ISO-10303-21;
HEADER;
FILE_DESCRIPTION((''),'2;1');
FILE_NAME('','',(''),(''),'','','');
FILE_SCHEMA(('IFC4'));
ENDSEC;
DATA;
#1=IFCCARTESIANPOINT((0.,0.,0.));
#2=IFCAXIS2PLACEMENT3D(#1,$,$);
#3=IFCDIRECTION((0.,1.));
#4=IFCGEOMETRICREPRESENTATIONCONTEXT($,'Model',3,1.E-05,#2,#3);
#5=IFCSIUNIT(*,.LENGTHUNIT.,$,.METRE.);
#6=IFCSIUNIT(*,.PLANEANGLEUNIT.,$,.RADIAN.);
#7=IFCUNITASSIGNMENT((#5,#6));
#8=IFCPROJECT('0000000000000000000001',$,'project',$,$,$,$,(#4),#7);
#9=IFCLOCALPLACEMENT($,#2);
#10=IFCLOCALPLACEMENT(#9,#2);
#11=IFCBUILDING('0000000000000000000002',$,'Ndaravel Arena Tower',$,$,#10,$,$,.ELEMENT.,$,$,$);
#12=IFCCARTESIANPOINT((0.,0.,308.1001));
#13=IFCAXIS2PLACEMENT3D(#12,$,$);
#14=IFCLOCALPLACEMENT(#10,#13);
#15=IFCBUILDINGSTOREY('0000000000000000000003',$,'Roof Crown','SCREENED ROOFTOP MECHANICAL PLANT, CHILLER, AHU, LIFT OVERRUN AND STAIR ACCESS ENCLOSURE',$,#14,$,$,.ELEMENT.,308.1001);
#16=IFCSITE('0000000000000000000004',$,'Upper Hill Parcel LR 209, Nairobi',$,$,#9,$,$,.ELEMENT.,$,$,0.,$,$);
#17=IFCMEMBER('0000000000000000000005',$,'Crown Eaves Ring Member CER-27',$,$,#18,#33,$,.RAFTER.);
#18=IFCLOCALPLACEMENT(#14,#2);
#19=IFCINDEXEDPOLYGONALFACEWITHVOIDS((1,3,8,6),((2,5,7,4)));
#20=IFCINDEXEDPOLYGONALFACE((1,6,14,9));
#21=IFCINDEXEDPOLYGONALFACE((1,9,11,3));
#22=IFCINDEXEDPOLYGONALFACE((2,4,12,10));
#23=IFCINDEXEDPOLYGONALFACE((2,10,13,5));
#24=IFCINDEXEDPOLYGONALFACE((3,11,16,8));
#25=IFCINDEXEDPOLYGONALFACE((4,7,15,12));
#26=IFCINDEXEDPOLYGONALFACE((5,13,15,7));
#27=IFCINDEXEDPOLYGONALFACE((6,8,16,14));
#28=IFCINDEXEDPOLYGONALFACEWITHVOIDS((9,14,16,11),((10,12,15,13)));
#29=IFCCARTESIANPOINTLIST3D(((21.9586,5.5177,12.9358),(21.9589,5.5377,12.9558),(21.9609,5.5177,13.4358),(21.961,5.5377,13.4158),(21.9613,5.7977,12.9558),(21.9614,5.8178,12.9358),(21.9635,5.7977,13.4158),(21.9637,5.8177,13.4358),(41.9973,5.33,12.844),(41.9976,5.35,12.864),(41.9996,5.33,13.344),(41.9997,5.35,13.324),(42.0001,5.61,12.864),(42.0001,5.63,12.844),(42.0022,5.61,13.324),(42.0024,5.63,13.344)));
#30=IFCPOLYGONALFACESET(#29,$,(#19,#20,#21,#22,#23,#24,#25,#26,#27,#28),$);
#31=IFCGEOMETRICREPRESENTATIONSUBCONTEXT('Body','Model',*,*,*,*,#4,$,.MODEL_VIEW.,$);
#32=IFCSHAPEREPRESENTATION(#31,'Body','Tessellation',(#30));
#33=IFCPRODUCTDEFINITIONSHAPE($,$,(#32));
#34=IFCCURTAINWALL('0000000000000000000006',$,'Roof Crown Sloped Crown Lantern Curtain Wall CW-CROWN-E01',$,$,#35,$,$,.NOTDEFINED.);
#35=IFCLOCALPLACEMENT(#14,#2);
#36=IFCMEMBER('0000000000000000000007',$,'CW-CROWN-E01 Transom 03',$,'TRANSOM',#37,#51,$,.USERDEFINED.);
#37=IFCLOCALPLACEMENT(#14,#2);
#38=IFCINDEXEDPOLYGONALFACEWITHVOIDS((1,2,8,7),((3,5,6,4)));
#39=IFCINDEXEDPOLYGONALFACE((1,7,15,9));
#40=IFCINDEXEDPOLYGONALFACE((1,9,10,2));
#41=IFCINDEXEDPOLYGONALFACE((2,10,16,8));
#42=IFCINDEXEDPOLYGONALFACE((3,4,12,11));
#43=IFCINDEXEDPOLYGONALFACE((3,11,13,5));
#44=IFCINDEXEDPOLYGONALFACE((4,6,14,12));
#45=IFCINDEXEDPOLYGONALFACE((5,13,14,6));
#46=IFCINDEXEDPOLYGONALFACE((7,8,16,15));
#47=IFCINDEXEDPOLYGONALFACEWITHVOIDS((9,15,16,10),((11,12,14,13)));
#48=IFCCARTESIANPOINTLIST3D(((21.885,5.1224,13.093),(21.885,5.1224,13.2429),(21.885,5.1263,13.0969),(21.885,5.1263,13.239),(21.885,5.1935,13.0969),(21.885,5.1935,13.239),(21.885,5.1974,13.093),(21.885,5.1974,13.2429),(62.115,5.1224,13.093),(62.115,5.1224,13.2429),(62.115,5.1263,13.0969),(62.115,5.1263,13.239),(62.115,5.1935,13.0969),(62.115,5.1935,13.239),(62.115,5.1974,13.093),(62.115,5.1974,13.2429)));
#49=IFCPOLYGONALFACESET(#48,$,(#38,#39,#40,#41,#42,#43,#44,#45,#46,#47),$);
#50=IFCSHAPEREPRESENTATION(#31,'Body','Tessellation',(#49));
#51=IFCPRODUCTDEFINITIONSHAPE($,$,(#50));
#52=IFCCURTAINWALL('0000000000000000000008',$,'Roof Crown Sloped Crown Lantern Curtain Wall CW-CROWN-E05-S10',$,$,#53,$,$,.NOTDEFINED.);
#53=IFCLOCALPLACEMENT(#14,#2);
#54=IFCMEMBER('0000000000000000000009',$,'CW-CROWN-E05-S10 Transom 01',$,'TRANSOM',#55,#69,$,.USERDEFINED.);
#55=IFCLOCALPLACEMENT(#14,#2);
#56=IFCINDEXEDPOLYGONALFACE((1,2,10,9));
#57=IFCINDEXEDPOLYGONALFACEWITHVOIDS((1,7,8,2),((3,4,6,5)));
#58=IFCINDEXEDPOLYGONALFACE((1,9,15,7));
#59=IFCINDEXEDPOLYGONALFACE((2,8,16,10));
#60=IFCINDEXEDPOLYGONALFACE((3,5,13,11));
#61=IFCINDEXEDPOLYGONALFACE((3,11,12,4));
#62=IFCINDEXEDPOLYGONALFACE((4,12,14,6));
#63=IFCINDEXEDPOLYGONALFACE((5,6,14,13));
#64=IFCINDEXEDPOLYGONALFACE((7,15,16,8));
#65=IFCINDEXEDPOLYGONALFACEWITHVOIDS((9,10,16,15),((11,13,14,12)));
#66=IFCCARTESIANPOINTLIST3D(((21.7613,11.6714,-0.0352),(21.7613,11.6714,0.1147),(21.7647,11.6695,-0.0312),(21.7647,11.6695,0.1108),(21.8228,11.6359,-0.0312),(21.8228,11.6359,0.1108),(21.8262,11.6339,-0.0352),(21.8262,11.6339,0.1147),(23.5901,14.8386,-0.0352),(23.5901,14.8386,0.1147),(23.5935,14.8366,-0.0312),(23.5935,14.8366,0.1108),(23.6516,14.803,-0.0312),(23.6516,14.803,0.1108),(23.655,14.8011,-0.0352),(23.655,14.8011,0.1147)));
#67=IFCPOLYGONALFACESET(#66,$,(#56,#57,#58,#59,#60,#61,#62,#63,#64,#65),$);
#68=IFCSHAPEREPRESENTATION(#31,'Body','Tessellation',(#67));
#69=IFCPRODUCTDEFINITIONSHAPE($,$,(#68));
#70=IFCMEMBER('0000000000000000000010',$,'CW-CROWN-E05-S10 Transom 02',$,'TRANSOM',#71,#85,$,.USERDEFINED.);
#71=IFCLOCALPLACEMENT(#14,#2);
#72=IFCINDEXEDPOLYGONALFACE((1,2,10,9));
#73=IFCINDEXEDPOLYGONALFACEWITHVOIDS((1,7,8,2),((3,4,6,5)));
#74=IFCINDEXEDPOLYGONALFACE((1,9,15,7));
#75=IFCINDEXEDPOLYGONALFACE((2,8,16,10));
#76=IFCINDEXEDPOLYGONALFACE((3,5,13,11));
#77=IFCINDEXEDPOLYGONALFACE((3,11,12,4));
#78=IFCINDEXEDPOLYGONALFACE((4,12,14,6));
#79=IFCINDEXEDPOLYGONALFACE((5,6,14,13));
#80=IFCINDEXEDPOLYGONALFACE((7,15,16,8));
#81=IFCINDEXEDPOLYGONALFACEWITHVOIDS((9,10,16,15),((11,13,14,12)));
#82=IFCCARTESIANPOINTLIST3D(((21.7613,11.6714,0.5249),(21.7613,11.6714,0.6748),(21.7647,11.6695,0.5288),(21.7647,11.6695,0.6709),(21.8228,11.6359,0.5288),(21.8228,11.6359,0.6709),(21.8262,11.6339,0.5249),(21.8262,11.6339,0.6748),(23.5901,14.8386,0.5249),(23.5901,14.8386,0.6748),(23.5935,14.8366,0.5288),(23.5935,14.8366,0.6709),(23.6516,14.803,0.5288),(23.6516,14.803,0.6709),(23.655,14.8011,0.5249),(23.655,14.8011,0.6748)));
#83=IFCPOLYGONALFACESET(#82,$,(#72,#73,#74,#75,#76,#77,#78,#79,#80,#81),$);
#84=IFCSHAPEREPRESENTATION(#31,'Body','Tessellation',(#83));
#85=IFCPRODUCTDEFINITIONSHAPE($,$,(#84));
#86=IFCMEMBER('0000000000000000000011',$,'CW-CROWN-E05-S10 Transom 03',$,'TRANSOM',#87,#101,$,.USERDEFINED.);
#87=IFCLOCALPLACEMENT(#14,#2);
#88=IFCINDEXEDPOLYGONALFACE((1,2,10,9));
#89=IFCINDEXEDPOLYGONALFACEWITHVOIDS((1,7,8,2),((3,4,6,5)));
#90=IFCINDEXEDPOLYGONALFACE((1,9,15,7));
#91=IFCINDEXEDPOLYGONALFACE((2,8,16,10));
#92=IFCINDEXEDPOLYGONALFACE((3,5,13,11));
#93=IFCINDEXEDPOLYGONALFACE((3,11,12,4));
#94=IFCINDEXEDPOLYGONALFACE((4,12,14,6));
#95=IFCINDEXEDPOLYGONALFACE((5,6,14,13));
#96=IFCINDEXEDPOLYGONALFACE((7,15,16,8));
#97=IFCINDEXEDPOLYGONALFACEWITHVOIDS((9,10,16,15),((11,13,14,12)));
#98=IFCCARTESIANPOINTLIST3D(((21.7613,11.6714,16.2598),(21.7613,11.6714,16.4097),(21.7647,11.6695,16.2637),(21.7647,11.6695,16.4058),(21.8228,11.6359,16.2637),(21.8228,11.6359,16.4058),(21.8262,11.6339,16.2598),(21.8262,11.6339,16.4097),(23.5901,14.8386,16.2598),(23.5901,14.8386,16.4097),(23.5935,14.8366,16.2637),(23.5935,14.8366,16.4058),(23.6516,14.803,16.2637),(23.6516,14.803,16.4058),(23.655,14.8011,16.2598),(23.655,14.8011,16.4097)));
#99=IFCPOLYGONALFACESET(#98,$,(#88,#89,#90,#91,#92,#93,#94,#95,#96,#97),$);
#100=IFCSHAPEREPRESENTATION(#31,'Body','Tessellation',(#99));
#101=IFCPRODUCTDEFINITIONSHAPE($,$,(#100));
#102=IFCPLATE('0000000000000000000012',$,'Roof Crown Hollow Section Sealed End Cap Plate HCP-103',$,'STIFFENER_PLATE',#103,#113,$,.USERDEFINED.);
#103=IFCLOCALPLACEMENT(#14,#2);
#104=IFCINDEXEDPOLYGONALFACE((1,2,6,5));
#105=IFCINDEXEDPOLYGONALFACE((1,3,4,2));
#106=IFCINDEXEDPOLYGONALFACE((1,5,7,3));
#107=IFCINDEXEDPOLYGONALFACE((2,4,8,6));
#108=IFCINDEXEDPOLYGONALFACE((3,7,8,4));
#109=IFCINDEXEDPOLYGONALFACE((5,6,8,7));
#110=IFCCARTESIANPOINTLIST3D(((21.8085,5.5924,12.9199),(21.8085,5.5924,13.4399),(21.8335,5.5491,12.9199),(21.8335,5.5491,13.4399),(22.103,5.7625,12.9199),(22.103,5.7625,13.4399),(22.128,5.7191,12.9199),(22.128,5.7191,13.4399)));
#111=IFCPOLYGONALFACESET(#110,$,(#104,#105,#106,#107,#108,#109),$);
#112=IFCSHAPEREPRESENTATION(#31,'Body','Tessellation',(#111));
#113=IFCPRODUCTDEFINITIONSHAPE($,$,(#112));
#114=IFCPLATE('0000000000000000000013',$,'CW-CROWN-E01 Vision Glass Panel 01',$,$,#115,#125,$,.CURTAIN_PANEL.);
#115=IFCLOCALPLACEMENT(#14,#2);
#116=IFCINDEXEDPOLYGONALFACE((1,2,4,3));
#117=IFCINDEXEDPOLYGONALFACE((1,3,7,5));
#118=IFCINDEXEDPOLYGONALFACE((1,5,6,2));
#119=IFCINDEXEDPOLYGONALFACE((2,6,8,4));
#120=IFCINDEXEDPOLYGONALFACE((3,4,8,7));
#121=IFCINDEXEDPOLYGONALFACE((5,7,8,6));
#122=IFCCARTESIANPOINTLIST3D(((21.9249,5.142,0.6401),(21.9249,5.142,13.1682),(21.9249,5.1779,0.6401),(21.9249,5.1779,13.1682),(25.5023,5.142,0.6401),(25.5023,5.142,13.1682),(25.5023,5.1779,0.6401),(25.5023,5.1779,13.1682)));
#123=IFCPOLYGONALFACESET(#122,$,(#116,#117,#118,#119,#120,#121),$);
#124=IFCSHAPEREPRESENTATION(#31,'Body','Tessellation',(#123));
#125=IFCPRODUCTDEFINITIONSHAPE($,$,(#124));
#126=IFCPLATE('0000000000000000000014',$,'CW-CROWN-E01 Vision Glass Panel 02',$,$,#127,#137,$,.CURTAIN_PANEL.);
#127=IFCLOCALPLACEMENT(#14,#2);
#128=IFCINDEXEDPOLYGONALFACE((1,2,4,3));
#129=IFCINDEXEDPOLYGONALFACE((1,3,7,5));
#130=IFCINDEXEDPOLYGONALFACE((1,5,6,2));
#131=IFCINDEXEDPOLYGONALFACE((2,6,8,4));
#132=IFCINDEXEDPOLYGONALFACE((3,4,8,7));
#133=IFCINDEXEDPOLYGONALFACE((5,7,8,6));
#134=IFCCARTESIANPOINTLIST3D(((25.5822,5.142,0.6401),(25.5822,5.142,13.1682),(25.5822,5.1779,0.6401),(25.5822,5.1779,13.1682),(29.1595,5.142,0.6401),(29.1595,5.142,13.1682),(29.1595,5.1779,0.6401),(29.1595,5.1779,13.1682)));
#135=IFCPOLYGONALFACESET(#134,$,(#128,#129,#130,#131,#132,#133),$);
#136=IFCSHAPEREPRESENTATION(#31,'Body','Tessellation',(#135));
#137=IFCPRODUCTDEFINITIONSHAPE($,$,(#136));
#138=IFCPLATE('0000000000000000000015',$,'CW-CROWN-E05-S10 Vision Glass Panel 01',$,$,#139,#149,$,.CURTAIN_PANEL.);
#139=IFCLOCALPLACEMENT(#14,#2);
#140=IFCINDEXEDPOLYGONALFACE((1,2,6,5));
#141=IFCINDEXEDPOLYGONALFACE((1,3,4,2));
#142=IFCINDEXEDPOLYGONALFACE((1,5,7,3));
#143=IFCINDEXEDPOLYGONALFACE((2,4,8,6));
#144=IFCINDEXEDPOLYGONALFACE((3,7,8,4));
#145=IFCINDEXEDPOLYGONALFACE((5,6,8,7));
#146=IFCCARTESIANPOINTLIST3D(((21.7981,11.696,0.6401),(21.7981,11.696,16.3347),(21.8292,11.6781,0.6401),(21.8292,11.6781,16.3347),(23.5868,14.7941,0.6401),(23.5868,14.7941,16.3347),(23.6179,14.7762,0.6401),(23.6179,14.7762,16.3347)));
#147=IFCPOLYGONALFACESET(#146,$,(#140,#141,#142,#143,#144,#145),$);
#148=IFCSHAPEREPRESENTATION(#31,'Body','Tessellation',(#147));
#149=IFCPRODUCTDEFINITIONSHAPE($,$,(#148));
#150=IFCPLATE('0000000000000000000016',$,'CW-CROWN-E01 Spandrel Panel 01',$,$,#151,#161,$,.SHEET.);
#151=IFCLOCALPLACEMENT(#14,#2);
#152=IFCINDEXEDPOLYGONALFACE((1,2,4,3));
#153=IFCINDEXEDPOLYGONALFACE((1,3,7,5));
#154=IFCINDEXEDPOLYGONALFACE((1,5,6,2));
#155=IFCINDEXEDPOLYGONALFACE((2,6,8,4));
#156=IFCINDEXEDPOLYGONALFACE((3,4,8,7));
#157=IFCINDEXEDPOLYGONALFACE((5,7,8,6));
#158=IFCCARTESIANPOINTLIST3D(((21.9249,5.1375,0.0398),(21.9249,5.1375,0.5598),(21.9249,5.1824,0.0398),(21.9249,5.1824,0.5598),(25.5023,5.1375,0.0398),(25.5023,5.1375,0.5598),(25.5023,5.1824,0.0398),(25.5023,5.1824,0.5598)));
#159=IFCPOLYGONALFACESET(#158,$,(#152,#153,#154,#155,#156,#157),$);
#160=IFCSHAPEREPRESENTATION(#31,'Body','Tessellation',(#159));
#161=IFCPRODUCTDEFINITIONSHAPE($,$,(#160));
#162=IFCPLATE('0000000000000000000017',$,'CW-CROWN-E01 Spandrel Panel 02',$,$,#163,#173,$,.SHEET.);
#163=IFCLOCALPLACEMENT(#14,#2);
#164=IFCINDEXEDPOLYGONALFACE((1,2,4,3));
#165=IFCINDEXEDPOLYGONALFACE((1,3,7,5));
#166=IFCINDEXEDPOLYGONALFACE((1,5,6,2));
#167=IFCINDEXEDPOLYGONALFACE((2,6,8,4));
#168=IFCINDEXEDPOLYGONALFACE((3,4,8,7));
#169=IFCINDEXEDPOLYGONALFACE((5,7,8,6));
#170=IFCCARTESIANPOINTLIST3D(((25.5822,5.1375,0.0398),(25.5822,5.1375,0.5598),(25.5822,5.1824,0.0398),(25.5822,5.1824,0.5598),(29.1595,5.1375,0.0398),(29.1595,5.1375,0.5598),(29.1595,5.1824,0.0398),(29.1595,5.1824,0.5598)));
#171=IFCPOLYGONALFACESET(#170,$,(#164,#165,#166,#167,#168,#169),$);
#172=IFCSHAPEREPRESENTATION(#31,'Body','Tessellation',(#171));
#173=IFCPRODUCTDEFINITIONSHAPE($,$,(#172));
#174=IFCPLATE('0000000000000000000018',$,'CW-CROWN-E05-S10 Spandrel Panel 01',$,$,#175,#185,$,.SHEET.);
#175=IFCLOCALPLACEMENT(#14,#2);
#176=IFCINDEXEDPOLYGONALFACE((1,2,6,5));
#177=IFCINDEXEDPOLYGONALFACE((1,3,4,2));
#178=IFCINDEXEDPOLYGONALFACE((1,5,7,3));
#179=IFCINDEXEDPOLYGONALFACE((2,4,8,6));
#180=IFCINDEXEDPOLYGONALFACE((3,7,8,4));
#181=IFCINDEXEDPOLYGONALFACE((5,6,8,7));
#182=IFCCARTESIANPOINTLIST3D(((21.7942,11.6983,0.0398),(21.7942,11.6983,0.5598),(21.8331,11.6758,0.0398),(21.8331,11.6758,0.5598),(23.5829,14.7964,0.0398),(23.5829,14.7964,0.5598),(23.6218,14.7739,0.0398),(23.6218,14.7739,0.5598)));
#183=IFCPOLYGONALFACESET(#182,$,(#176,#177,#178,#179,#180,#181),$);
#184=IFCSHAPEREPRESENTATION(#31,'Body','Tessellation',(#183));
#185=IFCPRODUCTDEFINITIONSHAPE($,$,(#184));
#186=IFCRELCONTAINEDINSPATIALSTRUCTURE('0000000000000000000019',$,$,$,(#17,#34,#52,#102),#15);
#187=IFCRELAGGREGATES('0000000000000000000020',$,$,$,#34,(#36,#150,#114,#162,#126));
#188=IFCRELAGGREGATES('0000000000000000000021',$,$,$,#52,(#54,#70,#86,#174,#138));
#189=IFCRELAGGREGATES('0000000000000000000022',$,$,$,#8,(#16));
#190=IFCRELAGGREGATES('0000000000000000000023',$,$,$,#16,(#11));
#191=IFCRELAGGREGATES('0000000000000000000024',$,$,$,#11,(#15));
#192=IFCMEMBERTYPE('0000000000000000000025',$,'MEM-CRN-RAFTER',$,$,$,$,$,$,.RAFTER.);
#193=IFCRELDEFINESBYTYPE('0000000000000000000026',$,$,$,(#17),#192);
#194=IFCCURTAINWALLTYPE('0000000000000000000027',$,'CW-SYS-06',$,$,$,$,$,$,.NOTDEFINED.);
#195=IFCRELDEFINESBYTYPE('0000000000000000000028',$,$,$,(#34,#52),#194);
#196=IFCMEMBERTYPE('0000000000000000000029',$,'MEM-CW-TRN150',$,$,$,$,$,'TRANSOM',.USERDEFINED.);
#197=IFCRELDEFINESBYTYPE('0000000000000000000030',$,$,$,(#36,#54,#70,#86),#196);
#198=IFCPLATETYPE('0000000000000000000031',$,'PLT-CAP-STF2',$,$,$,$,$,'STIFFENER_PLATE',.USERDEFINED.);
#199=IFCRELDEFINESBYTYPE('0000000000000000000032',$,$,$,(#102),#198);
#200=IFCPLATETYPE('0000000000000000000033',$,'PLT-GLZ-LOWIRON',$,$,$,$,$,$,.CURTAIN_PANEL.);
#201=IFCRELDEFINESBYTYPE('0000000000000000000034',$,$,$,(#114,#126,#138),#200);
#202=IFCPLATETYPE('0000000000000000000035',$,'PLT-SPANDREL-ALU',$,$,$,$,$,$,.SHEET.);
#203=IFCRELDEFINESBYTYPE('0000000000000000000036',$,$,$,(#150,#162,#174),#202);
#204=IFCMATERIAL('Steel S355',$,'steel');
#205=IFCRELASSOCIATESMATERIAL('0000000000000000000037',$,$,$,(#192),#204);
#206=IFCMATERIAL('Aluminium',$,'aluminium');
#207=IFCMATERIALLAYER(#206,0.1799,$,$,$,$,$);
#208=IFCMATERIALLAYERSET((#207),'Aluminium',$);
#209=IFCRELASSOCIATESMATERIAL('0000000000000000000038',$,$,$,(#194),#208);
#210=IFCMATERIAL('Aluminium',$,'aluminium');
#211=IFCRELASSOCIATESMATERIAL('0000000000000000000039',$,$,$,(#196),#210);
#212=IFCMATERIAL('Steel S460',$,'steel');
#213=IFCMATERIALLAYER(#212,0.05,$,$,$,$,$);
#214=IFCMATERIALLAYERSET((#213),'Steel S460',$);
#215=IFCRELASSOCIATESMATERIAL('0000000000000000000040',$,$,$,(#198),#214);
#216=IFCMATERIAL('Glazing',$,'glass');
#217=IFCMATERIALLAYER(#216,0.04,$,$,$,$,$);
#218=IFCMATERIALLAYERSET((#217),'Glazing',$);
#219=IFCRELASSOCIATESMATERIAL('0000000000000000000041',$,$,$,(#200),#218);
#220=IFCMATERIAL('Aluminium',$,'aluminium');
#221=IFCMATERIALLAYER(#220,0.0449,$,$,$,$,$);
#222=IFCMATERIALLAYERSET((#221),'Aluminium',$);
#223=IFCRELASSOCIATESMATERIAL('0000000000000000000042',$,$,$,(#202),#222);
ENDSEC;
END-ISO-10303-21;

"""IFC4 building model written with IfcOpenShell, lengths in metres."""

from ifc_helpers import new_model, si_unit, direction, frame, origin, origin_2d, place, context, subcontext, project, spatial, rectangle, hollow_rectangle, extrude, material, layer, layer_set, material_profile, profile_set, type_object, element, aggregate, save


model = new_model("IFC4")

# Units and contexts
model_context = context("Model", 3, precision=1e-05, world=origin(), true_north=direction((0.0, 1.0)))
body_context = subcontext(model_context, "Body", "Model", "MODEL_VIEW")
ifc_project = project(units=[si_unit("LENGTHUNIT", "METRE"), si_unit("PLANEANGLEUNIT", "RADIAN")], contexts=[model_context])

# Site, building, storey
site_placement = place(None, origin())
site = spatial("IfcSite", under=ifc_project, at=site_placement, Name="Upper Hill Parcel LR 209, Nairobi", CompositionType="ELEMENT", RefElevation=0.0)
building_placement = place(site_placement, origin())
building = spatial("IfcBuilding", under=site, at=building_placement, Name="Ndaravel Arena Tower", CompositionType="ELEMENT")
storey_placement = place(building_placement, frame((0.0, 0.0, 308.1001)))
storey = spatial("IfcBuildingStorey", under=building, at=storey_placement, Name="Roof Crown", Description="SCREENED ROOFTOP MECHANICAL PLANT, CHILLER, AHU, LIFT OVERRUN AND STAIR ACCESS ENCLOSURE", CompositionType="ELEMENT", Elevation=308.1001)

# Member
ifc_material_1 = material(Name="Steel S355", Category="steel")
ifc_material_profile_1 = material_profile(ifc_material_1, hollow_rectangle(XDim=0.3, YDim=0.5, WallThickness=0.02, at=origin_2d()), Name="RHS 500x300x20")
ifc_profile_set_1 = profile_set([ifc_material_profile_1], Name="Steel S355")
member_type_1 = type_object("IfcMemberType", Name="MEM-CRN-RAFTER", PredefinedType="RAFTER", material=ifc_profile_set_1)
member_1_placement = place(storey_placement, frame((21.9612, 5.6677, 13.1858), z_axis=(0.999946, -0.009369, -0.004581), x_axis=(0.009369, 0.999956, 0.0)))
element("IfcMember", 1, at=member_1_placement, inside=storey, type_object=member_type_1, Name="Crown Eaves Ring Member CER-27", PredefinedType="RAFTER", context=body_context, shape_type="SweptSolid", body=[
    extrude(hollow_rectangle(XDim=0.3, YDim=0.5, WallThickness=0.02, at=origin_2d()), origin(), (0.0, 0.0, 1.0), 20.0398),
])

# Curtain wall, member
ifc_material_2 = material(Name="Aluminium", Category="aluminium")
ifc_layer_1 = layer(ifc_material_2, 0.1799)
ifc_layer_set_1 = layer_set([ifc_layer_1], Name="Aluminium")
curtain_wall_type = type_object("IfcCurtainWallType", Name="CW-SYS-06", PredefinedType="NOTDEFINED", material=ifc_layer_set_1)
curtain_wall_1_placement = place(storey_placement, origin())
curtain_wall_1 = element("IfcCurtainWall", 2, at=curtain_wall_1_placement, inside=storey, type_object=curtain_wall_type, Name="Roof Crown Sloped Crown Lantern Curtain Wall CW-CROWN-E01", PredefinedType="NOTDEFINED")
ifc_material_3 = material(Name="Aluminium", Category="aluminium")
ifc_material_profile_2 = material_profile(ifc_material_3, hollow_rectangle(XDim=0.075, YDim=0.1499, WallThickness=0.0039, at=origin_2d()), Name="CW TRANSOM 75x150x4")
ifc_profile_set_2 = profile_set([ifc_material_profile_2], Name="Aluminium")
member_type_2 = type_object("IfcMemberType", Name="MEM-CW-TRN150", ElementType="TRANSOM", PredefinedType="USERDEFINED", material=ifc_profile_set_2)
member_2_placement = place(storey_placement, frame((21.885, 5.1599, 13.168), z_axis=(1.0, 0.0, 0.0), x_axis=(0.0, 1.0, 0.0)))
member_2 = element("IfcMember", 3, at=member_2_placement, type_object=member_type_2, Name="CW-CROWN-E01 Transom 03", ObjectType="TRANSOM", PredefinedType="USERDEFINED", context=body_context, shape_type="SweptSolid", body=[
    extrude(hollow_rectangle(XDim=0.075, YDim=0.1499, WallThickness=0.0039, at=origin_2d()), origin(), (0.0, 0.0, 1.0), 40.23),
])

# Curtain wall, members
curtain_wall_2_placement = place(storey_placement, origin())
curtain_wall_2 = element("IfcCurtainWall", 4, at=curtain_wall_2_placement, inside=storey, type_object=curtain_wall_type, Name="Roof Crown Sloped Crown Lantern Curtain Wall CW-CROWN-E05-S10", PredefinedType="NOTDEFINED")
member_3_placement = place(storey_placement, frame((23.6226, 14.8198, 0.0398), z_axis=(-0.500052, -0.865995, 0.0), x_axis=(0.865995, -0.500052, 0.0)))
member_3 = element("IfcMember", 5, at=member_3_placement, type_object=member_type_2, Name="CW-CROWN-E05-S10 Transom 01", ObjectType="TRANSOM", PredefinedType="USERDEFINED", context=body_context, shape_type="SweptSolid", body=[
    extrude(hollow_rectangle(XDim=0.075, YDim=0.1499, WallThickness=0.0039, at=origin_2d()), origin(), (0.0, 0.0, 1.0), 3.6572),
])
member_4_placement = place(storey_placement, frame((23.6226, 14.8198, 0.5999), z_axis=(-0.500052, -0.865995, 0.0), x_axis=(0.865995, -0.500052, 0.0)))
member_4 = element("IfcMember", 6, at=member_4_placement, type_object=member_type_2, Name="CW-CROWN-E05-S10 Transom 02", ObjectType="TRANSOM", PredefinedType="USERDEFINED", context=body_context, shape_type="SweptSolid", body=[
    extrude(hollow_rectangle(XDim=0.075, YDim=0.1499, WallThickness=0.0039, at=origin_2d()), origin(), (0.0, 0.0, 1.0), 3.6572),
])
member_5_placement = place(storey_placement, frame((23.6226, 14.8198, 16.3347), z_axis=(-0.500052, -0.865995, 0.0), x_axis=(0.865995, -0.500052, 0.0)))
member_5 = element("IfcMember", 7, at=member_5_placement, type_object=member_type_2, Name="CW-CROWN-E05-S10 Transom 03", ObjectType="TRANSOM", PredefinedType="USERDEFINED", context=body_context, shape_type="SweptSolid", body=[
    extrude(hollow_rectangle(XDim=0.075, YDim=0.1499, WallThickness=0.0039, at=origin_2d()), origin(), (0.0, 0.0, 1.0), 3.6572),
])

# Plates
ifc_material_4 = material(Name="Steel S460", Category="steel")
ifc_layer_2 = layer(ifc_material_4, 0.05)
ifc_layer_set_2 = layer_set([ifc_layer_2], Name="Steel S460")
plate_type_1 = type_object("IfcPlateType", Name="PLT-CAP-STF2", ElementType="STIFFENER_PLATE", PredefinedType="USERDEFINED", material=ifc_layer_set_2)
plate_1_placement = place(storey_placement, frame((21.9683, 5.6558, 12.9199), z_axis=(0.0, 0.0, 1.0), x_axis=(0.5, -0.866025, 0.0)))
element("IfcPlate", 8, at=plate_1_placement, inside=storey, type_object=plate_type_1, Name="Roof Crown Hollow Section Sealed End Cap Plate HCP-103", ObjectType="STIFFENER_PLATE", PredefinedType="USERDEFINED", context=body_context, shape_type="SweptSolid", body=[
    extrude(rectangle(XDim=0.05, YDim=0.3401, at=origin_2d()), origin(), (0.0, 0.0, 1.0), 0.52),
])
ifc_material_5 = material(Name="Glazing", Category="glass")
ifc_layer_3 = layer(ifc_material_5, 0.04)
ifc_layer_set_3 = layer_set([ifc_layer_3], Name="Glazing")
plate_type_2 = type_object("IfcPlateType", Name="PLT-GLZ-LOWIRON", PredefinedType="CURTAIN_PANEL", material=ifc_layer_set_3)
plate_2_placement = place(storey_placement, frame((23.7136, 5.1599, 0.6401), z_axis=(0.0, 0.0, 1.0), x_axis=(1.0, 0.0, 0.0)))
plate_2 = element("IfcPlate", 9, at=plate_2_placement, type_object=plate_type_2, Name="CW-CROWN-E01 Vision Glass Panel 01", PredefinedType="CURTAIN_PANEL", context=body_context, shape_type="SweptSolid", body=[
    extrude(rectangle(XDim=3.5774, YDim=0.0359, at=origin_2d()), origin(), (0.0, 0.0, 1.0), 12.5281),
])
plate_3_placement = place(storey_placement, frame((27.3708, 5.1599, 0.6401), z_axis=(0.0, 0.0, 1.0), x_axis=(1.0, 0.0, 0.0)))
plate_3 = element("IfcPlate", 10, at=plate_3_placement, type_object=plate_type_2, Name="CW-CROWN-E01 Vision Glass Panel 02", PredefinedType="CURTAIN_PANEL", context=body_context, shape_type="SweptSolid", body=[
    extrude(rectangle(XDim=3.5774, YDim=0.0359, at=origin_2d()), origin(), (0.0, 0.0, 1.0), 12.5281),
])
plate_4_placement = place(storey_placement, frame((22.708, 13.2361, 0.6401), z_axis=(0.0, 0.0, 1.0), x_axis=(-0.500015, -0.866017, 0.0)))
plate_4 = element("IfcPlate", 11, at=plate_4_placement, type_object=plate_type_2, Name="CW-CROWN-E05-S10 Vision Glass Panel 01", PredefinedType="CURTAIN_PANEL", context=body_context, shape_type="SweptSolid", body=[
    extrude(rectangle(XDim=3.5774, YDim=0.0359, at=origin_2d()), origin(), (0.0, 0.0, 1.0), 15.6946),
])
ifc_material_6 = material(Name="Aluminium", Category="aluminium")
ifc_layer_4 = layer(ifc_material_6, 0.0449)
ifc_layer_set_4 = layer_set([ifc_layer_4], Name="Aluminium")
plate_type_3 = type_object("IfcPlateType", Name="PLT-SPANDREL-ALU", PredefinedType="SHEET", material=ifc_layer_set_4)
plate_5_placement = place(storey_placement, frame((23.7136, 5.1599, 0.0398), z_axis=(0.0, 0.0, 1.0), x_axis=(1.0, 0.0, 0.0)))
plate_5 = element("IfcPlate", 12, at=plate_5_placement, type_object=plate_type_3, Name="CW-CROWN-E01 Spandrel Panel 01", PredefinedType="SHEET", context=body_context, shape_type="SweptSolid", body=[
    extrude(rectangle(XDim=3.5774, YDim=0.0449, at=origin_2d()), origin(), (0.0, 0.0, 1.0), 0.52),
])
plate_6_placement = place(storey_placement, frame((27.3708, 5.1599, 0.0398), z_axis=(0.0, 0.0, 1.0), x_axis=(1.0, 0.0, 0.0)))
plate_6 = element("IfcPlate", 13, at=plate_6_placement, type_object=plate_type_3, Name="CW-CROWN-E01 Spandrel Panel 02", PredefinedType="SHEET", context=body_context, shape_type="SweptSolid", body=[
    extrude(rectangle(XDim=3.5774, YDim=0.0449, at=origin_2d()), origin(), (0.0, 0.0, 1.0), 0.52),
])
aggregate(curtain_wall_1, [member_2, plate_5, plate_2, plate_6, plate_3])
plate_7_placement = place(storey_placement, frame((22.708, 13.2361, 0.0398), z_axis=(0.0, 0.0, 1.0), x_axis=(-0.500015, -0.866017, 0.0)))
plate_7 = element("IfcPlate", 14, at=plate_7_placement, type_object=plate_type_3, Name="CW-CROWN-E05-S10 Spandrel Panel 01", PredefinedType="SHEET", context=body_context, shape_type="SweptSolid", body=[
    extrude(rectangle(XDim=3.5774, YDim=0.0449, at=origin_2d()), origin(), (0.0, 0.0, 1.0), 0.52),
])
aggregate(curtain_wall_2, [member_3, member_4, member_5, plate_7, plate_4])

save(model, "model.ifc")
